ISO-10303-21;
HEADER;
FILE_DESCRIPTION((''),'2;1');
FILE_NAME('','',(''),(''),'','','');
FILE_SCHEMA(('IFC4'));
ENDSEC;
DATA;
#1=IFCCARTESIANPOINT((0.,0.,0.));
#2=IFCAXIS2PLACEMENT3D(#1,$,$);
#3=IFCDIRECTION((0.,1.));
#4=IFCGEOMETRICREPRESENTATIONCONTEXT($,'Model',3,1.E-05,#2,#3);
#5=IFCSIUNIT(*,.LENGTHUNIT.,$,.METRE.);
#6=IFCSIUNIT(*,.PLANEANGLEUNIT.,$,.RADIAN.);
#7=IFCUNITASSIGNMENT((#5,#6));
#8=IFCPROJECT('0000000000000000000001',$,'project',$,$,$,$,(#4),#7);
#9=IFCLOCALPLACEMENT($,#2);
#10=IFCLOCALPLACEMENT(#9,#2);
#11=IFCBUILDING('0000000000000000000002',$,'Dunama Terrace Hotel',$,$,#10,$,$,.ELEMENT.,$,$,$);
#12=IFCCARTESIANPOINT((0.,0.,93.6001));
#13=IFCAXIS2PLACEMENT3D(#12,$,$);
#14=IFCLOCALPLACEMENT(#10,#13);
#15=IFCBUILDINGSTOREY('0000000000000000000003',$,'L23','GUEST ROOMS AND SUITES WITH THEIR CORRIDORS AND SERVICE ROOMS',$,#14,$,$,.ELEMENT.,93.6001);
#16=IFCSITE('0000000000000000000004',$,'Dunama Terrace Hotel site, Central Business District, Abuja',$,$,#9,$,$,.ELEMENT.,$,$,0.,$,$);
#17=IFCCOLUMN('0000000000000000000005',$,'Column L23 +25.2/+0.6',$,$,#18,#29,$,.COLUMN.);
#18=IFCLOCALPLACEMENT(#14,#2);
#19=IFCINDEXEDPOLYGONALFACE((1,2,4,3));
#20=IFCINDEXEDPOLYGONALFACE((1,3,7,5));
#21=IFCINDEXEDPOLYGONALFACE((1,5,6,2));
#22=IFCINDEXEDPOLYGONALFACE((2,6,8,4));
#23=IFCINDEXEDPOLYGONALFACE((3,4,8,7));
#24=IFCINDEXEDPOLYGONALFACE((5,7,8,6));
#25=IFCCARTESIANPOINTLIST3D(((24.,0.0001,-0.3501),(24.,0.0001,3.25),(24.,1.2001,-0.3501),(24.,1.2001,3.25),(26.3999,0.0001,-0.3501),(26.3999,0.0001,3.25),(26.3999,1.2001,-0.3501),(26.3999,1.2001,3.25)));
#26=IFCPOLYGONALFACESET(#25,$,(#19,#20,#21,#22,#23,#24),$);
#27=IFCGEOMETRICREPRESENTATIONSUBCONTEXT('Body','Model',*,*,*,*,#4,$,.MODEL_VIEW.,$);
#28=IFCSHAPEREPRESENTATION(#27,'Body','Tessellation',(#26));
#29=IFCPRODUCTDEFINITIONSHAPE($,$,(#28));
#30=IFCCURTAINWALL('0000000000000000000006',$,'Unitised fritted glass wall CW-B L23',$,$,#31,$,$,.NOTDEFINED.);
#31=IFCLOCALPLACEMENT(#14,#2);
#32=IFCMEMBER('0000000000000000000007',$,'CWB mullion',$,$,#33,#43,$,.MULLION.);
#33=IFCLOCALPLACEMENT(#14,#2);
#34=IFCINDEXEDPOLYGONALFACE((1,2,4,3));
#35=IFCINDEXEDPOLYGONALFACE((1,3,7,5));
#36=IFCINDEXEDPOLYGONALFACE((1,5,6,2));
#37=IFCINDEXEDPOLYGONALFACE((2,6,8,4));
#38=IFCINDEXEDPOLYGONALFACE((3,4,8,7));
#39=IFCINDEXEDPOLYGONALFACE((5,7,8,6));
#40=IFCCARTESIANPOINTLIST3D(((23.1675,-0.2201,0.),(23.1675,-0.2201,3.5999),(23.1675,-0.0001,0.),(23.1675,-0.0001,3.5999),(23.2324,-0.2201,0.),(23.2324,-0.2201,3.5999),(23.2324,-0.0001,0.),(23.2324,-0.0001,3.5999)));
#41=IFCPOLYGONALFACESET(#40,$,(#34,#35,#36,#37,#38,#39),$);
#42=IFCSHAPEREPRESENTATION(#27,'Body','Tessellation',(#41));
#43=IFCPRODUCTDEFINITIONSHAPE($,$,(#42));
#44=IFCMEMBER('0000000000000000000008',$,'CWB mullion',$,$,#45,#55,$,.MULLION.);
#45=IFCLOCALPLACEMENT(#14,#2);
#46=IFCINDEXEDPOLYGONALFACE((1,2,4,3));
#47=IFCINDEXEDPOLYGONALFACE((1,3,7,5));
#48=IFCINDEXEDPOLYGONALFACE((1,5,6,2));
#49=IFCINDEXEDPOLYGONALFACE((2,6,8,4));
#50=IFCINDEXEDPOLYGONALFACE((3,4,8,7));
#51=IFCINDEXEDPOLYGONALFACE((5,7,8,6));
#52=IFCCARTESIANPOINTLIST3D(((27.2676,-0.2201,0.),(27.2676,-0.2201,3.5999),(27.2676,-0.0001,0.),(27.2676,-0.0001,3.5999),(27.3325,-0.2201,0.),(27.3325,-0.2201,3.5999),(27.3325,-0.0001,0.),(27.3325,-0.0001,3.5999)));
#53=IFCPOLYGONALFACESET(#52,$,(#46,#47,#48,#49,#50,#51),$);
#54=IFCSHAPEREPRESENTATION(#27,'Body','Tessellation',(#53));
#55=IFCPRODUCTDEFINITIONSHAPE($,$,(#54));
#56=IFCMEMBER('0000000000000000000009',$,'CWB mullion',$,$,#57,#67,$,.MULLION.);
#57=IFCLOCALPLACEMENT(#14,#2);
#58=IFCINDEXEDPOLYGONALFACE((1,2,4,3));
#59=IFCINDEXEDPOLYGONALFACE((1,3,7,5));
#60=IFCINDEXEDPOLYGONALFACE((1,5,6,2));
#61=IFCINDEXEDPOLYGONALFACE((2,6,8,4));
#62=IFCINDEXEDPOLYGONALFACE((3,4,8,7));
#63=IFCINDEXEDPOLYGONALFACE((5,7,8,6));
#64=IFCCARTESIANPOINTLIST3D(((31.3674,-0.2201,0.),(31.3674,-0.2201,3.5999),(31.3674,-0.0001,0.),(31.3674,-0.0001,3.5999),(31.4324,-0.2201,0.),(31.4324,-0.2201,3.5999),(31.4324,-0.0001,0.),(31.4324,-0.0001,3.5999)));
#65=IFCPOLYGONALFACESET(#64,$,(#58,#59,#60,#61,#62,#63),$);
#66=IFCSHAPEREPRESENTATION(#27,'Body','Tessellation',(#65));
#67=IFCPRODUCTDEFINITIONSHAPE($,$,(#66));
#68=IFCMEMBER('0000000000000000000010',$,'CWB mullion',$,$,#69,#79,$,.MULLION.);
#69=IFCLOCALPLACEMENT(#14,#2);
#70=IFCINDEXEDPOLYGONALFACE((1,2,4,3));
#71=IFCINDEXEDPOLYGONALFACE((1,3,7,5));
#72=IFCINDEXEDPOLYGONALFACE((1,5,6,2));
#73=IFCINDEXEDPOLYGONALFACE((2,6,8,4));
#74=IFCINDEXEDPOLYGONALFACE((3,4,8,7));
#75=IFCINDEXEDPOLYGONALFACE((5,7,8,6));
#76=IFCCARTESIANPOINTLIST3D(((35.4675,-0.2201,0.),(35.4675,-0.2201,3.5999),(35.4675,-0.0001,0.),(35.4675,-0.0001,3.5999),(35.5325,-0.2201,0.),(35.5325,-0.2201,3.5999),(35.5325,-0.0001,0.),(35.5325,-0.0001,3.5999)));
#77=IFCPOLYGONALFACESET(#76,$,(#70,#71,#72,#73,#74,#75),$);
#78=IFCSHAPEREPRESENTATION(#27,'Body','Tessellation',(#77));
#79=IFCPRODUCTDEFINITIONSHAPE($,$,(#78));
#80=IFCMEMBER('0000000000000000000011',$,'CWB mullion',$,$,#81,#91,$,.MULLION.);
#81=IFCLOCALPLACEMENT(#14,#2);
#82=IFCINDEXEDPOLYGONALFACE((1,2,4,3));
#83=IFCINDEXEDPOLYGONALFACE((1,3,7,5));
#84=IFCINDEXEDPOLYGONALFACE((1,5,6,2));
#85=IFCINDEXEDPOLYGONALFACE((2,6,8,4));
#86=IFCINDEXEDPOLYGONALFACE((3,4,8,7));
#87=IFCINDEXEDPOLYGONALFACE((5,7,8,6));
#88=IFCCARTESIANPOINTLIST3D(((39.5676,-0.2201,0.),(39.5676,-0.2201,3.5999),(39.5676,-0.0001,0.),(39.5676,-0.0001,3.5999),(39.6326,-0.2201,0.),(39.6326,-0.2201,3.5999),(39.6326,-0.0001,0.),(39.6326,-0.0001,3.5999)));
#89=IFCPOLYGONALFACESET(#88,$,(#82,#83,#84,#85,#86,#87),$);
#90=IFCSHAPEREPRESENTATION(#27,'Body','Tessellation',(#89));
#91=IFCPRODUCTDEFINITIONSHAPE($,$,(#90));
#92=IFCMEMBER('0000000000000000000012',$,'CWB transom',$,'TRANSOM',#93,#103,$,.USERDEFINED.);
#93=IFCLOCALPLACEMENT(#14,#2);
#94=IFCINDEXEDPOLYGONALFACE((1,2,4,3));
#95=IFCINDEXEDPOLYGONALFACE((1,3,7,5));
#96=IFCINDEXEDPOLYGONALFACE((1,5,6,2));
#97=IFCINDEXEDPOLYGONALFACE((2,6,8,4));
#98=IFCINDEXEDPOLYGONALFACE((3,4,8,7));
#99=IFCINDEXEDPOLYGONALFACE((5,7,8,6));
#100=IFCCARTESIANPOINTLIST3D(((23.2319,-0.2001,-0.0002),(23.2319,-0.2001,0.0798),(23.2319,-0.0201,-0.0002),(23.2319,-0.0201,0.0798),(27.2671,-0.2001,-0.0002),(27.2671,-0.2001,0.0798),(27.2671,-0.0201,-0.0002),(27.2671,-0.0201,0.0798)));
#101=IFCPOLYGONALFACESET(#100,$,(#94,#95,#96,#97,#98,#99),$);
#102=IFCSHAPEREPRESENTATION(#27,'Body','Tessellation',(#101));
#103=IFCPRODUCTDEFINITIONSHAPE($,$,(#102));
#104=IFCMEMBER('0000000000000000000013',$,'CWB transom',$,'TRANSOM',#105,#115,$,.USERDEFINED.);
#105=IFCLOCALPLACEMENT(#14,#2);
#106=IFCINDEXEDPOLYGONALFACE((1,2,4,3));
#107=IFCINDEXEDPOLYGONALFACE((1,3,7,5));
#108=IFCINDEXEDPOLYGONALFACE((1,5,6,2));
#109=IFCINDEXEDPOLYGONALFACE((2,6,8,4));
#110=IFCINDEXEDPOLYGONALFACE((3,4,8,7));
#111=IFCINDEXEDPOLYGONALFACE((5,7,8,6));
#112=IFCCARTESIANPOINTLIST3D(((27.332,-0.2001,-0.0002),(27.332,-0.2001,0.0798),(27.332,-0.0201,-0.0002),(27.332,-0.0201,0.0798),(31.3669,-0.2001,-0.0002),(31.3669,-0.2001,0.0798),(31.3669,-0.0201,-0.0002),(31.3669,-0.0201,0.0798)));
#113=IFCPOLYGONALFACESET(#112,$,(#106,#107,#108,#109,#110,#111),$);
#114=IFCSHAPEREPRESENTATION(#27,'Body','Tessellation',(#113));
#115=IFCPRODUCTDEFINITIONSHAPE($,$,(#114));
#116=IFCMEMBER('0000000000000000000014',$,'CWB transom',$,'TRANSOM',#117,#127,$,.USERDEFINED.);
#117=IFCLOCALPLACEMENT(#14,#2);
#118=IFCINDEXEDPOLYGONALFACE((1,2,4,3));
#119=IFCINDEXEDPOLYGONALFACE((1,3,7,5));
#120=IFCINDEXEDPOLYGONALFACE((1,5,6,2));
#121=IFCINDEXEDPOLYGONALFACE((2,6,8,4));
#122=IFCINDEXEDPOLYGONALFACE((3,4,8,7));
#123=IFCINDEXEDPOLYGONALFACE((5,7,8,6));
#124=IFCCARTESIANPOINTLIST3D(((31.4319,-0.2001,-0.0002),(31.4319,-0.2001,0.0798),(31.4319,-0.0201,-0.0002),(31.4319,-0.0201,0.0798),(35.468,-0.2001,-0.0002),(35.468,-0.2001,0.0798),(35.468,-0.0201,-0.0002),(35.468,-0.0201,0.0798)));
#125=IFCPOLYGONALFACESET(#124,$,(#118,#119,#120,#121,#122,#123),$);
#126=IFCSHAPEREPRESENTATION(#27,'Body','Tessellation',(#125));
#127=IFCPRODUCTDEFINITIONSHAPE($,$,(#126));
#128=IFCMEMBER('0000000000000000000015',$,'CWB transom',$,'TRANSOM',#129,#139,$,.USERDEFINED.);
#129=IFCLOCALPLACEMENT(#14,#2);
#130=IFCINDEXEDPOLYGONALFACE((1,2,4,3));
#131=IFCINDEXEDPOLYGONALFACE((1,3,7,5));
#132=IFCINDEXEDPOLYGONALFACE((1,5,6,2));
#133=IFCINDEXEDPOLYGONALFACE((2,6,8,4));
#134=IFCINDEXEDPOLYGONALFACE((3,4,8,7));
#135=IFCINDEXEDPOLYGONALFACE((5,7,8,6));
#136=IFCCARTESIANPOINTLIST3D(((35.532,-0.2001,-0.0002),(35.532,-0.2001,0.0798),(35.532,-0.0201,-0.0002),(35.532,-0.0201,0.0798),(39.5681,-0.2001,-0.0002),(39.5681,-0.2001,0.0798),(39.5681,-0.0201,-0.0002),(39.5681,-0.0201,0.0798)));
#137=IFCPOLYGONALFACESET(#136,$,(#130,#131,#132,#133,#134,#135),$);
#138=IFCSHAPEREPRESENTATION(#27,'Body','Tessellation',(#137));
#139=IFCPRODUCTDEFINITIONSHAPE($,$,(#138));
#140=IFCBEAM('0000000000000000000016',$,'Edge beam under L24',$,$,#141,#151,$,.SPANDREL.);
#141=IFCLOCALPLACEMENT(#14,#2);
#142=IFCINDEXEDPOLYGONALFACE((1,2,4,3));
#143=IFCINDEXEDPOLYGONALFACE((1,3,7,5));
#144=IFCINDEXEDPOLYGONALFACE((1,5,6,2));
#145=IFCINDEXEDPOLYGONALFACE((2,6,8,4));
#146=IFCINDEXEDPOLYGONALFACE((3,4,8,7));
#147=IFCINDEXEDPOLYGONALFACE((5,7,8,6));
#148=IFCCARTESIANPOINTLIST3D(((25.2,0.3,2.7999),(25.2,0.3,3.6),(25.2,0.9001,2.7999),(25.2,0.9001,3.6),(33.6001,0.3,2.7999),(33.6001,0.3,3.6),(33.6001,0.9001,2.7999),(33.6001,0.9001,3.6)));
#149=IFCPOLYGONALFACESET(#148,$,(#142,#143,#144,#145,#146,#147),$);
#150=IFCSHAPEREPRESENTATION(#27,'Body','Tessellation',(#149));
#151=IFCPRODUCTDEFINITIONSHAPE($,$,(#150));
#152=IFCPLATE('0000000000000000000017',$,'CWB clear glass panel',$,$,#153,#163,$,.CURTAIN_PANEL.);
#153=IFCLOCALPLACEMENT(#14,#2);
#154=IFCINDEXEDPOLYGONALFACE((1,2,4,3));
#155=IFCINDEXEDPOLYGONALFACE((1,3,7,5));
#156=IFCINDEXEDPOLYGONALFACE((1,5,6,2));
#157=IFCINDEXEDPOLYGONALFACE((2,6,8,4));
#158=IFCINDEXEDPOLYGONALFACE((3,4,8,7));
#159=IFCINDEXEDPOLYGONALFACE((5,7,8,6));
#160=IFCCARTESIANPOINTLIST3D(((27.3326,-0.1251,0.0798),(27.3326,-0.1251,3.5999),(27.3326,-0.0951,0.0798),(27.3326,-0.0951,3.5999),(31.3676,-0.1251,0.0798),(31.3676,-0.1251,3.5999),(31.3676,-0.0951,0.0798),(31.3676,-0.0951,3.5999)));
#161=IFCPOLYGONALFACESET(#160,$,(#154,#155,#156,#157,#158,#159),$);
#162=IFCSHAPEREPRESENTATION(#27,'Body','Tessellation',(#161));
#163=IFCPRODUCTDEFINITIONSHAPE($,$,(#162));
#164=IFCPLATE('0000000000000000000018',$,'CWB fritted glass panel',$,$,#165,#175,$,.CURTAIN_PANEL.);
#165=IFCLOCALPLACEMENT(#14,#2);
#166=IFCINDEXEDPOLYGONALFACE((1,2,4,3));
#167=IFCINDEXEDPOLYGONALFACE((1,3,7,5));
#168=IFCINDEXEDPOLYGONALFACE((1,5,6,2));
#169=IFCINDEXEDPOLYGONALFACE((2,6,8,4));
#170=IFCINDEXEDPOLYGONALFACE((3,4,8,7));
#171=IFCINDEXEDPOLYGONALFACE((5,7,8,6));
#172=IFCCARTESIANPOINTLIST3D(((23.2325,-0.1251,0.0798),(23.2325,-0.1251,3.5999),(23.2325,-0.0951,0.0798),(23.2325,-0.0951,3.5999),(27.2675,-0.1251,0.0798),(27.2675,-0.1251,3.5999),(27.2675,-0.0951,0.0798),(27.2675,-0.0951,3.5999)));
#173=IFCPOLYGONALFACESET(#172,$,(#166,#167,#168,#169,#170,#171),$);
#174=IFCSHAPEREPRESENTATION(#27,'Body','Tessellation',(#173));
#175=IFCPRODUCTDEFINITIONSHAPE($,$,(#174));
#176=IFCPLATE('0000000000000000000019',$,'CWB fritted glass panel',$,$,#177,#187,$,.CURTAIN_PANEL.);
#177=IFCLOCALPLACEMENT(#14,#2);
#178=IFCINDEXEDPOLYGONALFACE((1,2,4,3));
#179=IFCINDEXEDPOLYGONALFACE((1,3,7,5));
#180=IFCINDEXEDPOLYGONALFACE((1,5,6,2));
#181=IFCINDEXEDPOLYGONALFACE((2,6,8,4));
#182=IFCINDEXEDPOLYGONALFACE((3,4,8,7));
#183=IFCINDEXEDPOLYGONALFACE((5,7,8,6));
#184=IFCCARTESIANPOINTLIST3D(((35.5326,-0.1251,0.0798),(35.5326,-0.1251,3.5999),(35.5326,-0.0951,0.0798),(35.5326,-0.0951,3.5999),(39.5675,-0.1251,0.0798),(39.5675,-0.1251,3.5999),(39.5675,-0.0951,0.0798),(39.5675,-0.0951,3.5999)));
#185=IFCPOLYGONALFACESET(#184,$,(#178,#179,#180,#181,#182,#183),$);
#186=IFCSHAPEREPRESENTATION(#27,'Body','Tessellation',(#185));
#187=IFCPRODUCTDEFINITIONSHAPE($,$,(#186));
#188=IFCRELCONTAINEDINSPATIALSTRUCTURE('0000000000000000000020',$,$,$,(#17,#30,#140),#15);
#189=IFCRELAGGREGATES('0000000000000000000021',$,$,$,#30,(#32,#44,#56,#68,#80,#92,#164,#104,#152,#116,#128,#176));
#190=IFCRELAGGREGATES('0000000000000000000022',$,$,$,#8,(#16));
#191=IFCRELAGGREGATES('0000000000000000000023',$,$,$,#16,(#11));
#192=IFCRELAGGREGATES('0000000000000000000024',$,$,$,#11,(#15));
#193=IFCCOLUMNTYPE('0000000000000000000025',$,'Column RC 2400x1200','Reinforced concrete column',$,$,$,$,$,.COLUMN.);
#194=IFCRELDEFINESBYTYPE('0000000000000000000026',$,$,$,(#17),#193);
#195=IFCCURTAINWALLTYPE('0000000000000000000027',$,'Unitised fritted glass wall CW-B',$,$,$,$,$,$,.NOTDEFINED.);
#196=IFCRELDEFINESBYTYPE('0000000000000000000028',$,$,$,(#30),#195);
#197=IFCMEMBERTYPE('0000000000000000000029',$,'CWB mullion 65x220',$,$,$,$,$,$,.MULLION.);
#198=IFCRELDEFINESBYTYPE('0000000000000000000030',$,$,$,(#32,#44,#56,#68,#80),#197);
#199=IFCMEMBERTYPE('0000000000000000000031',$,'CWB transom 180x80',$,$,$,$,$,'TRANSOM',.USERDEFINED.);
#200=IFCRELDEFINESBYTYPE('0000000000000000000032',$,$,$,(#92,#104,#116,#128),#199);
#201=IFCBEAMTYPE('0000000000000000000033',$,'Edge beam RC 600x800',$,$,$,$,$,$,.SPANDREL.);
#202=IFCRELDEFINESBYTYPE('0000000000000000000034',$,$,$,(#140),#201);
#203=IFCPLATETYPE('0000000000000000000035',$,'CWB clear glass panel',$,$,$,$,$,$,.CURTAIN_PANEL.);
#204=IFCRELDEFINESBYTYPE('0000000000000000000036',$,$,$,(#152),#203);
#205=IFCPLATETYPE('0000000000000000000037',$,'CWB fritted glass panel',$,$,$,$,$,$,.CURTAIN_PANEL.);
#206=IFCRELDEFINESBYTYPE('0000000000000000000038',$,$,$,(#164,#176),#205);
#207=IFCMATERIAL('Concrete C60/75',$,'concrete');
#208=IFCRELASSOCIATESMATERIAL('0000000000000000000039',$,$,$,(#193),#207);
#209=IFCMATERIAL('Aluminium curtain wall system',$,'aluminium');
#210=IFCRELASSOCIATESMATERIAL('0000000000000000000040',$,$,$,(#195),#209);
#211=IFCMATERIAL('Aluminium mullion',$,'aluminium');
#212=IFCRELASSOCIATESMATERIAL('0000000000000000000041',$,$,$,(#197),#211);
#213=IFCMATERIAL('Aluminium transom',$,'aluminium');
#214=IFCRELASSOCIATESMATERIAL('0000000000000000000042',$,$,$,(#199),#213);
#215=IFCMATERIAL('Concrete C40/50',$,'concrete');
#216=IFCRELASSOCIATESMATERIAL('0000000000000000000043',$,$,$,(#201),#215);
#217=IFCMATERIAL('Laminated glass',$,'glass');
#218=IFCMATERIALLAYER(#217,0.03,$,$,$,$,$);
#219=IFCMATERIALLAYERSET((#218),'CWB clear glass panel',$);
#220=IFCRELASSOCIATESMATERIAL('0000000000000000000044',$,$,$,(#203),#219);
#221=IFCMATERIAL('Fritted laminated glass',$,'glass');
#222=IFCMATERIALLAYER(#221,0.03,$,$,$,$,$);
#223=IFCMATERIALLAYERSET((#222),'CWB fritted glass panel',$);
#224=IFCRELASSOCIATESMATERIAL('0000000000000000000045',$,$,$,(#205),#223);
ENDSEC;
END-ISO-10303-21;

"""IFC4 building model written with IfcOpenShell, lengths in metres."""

from ifc_helpers import new_model, si_unit, direction, frame, origin, origin_2d, place, context, subcontext, project, spatial, rectangle, extrude, material, layer, layer_set, material_profile, profile_set, type_object, element, aggregate, save


model = new_model("IFC4")

# Units and contexts
model_context = context("Model", 3, precision=1e-05, world=origin(), true_north=direction((0.0, 1.0)))
body_context = subcontext(model_context, "Body", "Model", "MODEL_VIEW")
ifc_project = project(units=[si_unit("LENGTHUNIT", "METRE"), si_unit("PLANEANGLEUNIT", "RADIAN")], contexts=[model_context])

# Site, building, storey
site_placement = place(None, origin())
site = spatial("IfcSite", under=ifc_project, at=site_placement, Name="Dunama Terrace Hotel site, Central Business District, Abuja", CompositionType="ELEMENT", RefElevation=0.0)
building_placement = place(site_placement, origin())
building = spatial("IfcBuilding", under=site, at=building_placement, Name="Dunama Terrace Hotel", CompositionType="ELEMENT")
storey_placement = place(building_placement, frame((0.0, 0.0, 93.6001)))
storey = spatial("IfcBuildingStorey", under=building, at=storey_placement, Name="L23", Description="GUEST ROOMS AND SUITES WITH THEIR CORRIDORS AND SERVICE ROOMS", CompositionType="ELEMENT", Elevation=93.6001)

# Column
ifc_material_1 = material(Name="Concrete C60/75", Category="concrete")
ifc_material_profile_1 = material_profile(ifc_material_1, rectangle(XDim=2.3999, YDim=1.2, at=origin_2d()), Name="RC 2400x1200")
ifc_profile_set_1 = profile_set([ifc_material_profile_1], Name="Concrete C60/75")
column_type = type_object("IfcColumnType", Name="Column RC 2400x1200", Description="Reinforced concrete column", PredefinedType="COLUMN", material=ifc_profile_set_1)
column_placement = place(storey_placement, frame((25.2, 0.6001, -0.3501), z_axis=(0.0, 0.0, 1.0), x_axis=(1.0, 0.0, 0.0)))
element("IfcColumn", 1, at=column_placement, inside=storey, type_object=column_type, Name="Column L23 +25.2/+0.6", PredefinedType="COLUMN", context=body_context, shape_type="SweptSolid", body=[
    extrude(rectangle(XDim=2.3999, YDim=1.2, at=origin_2d()), origin(), (0.0, 0.0, 1.0), 3.6001),
])

# Curtain wall, members
ifc_material_2 = material(Name="Aluminium curtain wall system", Category="aluminium")
curtain_wall_type = type_object("IfcCurtainWallType", Name="Unitised fritted glass wall CW-B", PredefinedType="NOTDEFINED", material=ifc_material_2)
curtain_wall_placement = place(storey_placement, origin())
curtain_wall = element("IfcCurtainWall", 2, at=curtain_wall_placement, inside=storey, type_object=curtain_wall_type, Name="Unitised fritted glass wall CW-B L23", PredefinedType="NOTDEFINED")
ifc_material_3 = material(Name="Aluminium mullion", Category="aluminium")
ifc_material_profile_2 = material_profile(ifc_material_3, rectangle(XDim=0.0649, YDim=0.22, at=origin_2d()), Name="CWB MULLION 65X220")
ifc_profile_set_2 = profile_set([ifc_material_profile_2], Name="Aluminium mullion")
member_type_1 = type_object("IfcMemberType", Name="CWB mullion 65x220", PredefinedType="MULLION", material=ifc_profile_set_2)
member_1_placement = place(storey_placement, frame((23.2, -0.1101, 0.0), z_axis=(0.0, 0.0, 1.0), x_axis=(1.0, 0.0, 0.0)))
member_1 = element("IfcMember", 3, at=member_1_placement, type_object=member_type_1, Name="CWB mullion", PredefinedType="MULLION", context=body_context, shape_type="SweptSolid", body=[
    extrude(rectangle(XDim=0.0649, YDim=0.22, at=origin_2d()), origin(), (0.0, 0.0, 1.0), 3.5999),
])
member_2_placement = place(storey_placement, frame((27.3, -0.1101, 0.0), z_axis=(0.0, 0.0, 1.0), x_axis=(1.0, 0.0, 0.0)))
member_2 = element("IfcMember", 4, at=member_2_placement, type_object=member_type_1, Name="CWB mullion", PredefinedType="MULLION", context=body_context, shape_type="SweptSolid", body=[
    extrude(rectangle(XDim=0.0649, YDim=0.22, at=origin_2d()), origin(), (0.0, 0.0, 1.0), 3.5999),
])
member_3_placement = place(storey_placement, frame((31.3999, -0.1101, 0.0), z_axis=(0.0, 0.0, 1.0), x_axis=(1.0, 0.0, 0.0)))
member_3 = element("IfcMember", 5, at=member_3_placement, type_object=member_type_1, Name="CWB mullion", PredefinedType="MULLION", context=body_context, shape_type="SweptSolid", body=[
    extrude(rectangle(XDim=0.0649, YDim=0.22, at=origin_2d()), origin(), (0.0, 0.0, 1.0), 3.5999),
])
member_4_placement = place(storey_placement, frame((35.5, -0.1101, 0.0), z_axis=(0.0, 0.0, 1.0), x_axis=(1.0, 0.0, 0.0)))
member_4 = element("IfcMember", 6, at=member_4_placement, type_object=member_type_1, Name="CWB mullion", PredefinedType="MULLION", context=body_context, shape_type="SweptSolid", body=[
    extrude(rectangle(XDim=0.0649, YDim=0.22, at=origin_2d()), origin(), (0.0, 0.0, 1.0), 3.5999),
])
member_5_placement = place(storey_placement, frame((39.6001, -0.1101, 0.0), z_axis=(0.0, 0.0, 1.0), x_axis=(1.0, 0.0, 0.0)))
member_5 = element("IfcMember", 7, at=member_5_placement, type_object=member_type_1, Name="CWB mullion", PredefinedType="MULLION", context=body_context, shape_type="SweptSolid", body=[
    extrude(rectangle(XDim=0.0649, YDim=0.22, at=origin_2d()), origin(), (0.0, 0.0, 1.0), 3.5999),
])
ifc_material_4 = material(Name="Aluminium transom", Category="aluminium")
ifc_material_profile_3 = material_profile(ifc_material_4, rectangle(XDim=0.1799, YDim=0.0801, at=origin_2d()), Name="CWB TRANSOM 180X80")
ifc_profile_set_3 = profile_set([ifc_material_profile_3], Name="Aluminium transom")
member_type_2 = type_object("IfcMemberType", Name="CWB transom 180x80", ElementType="TRANSOM", PredefinedType="USERDEFINED", material=ifc_profile_set_3)
member_6_placement = place(storey_placement, frame((23.2319, -0.1101, 0.0398), z_axis=(1.0, 0.0, 0.0), x_axis=(0.0, 1.0, 0.0)))
member_6 = element("IfcMember", 8, at=member_6_placement, type_object=member_type_2, Name="CWB transom", ObjectType="TRANSOM", PredefinedType="USERDEFINED", context=body_context, shape_type="SweptSolid", body=[
    extrude(rectangle(XDim=0.1799, YDim=0.0801, at=origin_2d()), origin(), (0.0, 0.0, 1.0), 4.0352),
])
member_7_placement = place(storey_placement, frame((27.332, -0.1101, 0.0398), z_axis=(1.0, 0.0, 0.0), x_axis=(0.0, 1.0, 0.0)))
member_7 = element("IfcMember", 9, at=member_7_placement, type_object=member_type_2, Name="CWB transom", ObjectType="TRANSOM", PredefinedType="USERDEFINED", context=body_context, shape_type="SweptSolid", body=[
    extrude(rectangle(XDim=0.1799, YDim=0.0801, at=origin_2d()), origin(), (0.0, 0.0, 1.0), 4.0349),
])
member_8_placement = place(storey_placement, frame((31.4319, -0.1101, 0.0398), z_axis=(1.0, 0.0, 0.0), x_axis=(0.0, 1.0, 0.0)))
member_8 = element("IfcMember", 10, at=member_8_placement, type_object=member_type_2, Name="CWB transom", ObjectType="TRANSOM", PredefinedType="USERDEFINED", context=body_context, shape_type="SweptSolid", body=[
    extrude(rectangle(XDim=0.1799, YDim=0.0801, at=origin_2d()), origin(), (0.0, 0.0, 1.0), 4.0361),
])
member_9_placement = place(storey_placement, frame((35.532, -0.1101, 0.0398), z_axis=(1.0, 0.0, 0.0), x_axis=(0.0, 1.0, 0.0)))
member_9 = element("IfcMember", 11, at=member_9_placement, type_object=member_type_2, Name="CWB transom", ObjectType="TRANSOM", PredefinedType="USERDEFINED", context=body_context, shape_type="SweptSolid", body=[
    extrude(rectangle(XDim=0.1799, YDim=0.0801, at=origin_2d()), origin(), (0.0, 0.0, 1.0), 4.0361),
])

# Beam
ifc_material_5 = material(Name="Concrete C40/50", Category="concrete")
ifc_material_profile_4 = material_profile(ifc_material_5, rectangle(XDim=0.6001, YDim=0.8, at=origin_2d()), Name="RC 600x800")
ifc_profile_set_4 = profile_set([ifc_material_profile_4], Name="Concrete C40/50")
beam_type = type_object("IfcBeamType", Name="Edge beam RC 600x800", PredefinedType="SPANDREL", material=ifc_profile_set_4)
beam_placement = place(storey_placement, frame((25.2, 0.6001, 3.2), z_axis=(1.0, 0.0, 0.0), x_axis=(0.0, 1.0, 0.0)))
element("IfcBeam", 12, at=beam_placement, inside=storey, type_object=beam_type, Name="Edge beam under L24", PredefinedType="SPANDREL", context=body_context, shape_type="SweptSolid", body=[
    extrude(rectangle(XDim=0.6001, YDim=0.8, at=origin_2d()), origin(), (0.0, 0.0, 1.0), 8.4001),
])

# Plates
ifc_material_6 = material(Name="Laminated glass", Category="glass")
ifc_layer_1 = layer(ifc_material_6, 0.03)
ifc_layer_set_1 = layer_set([ifc_layer_1], Name="CWB clear glass panel")
plate_type_1 = type_object("IfcPlateType", Name="CWB clear glass panel", PredefinedType="CURTAIN_PANEL", material=ifc_layer_set_1)
plate_1_placement = place(storey_placement, frame((29.3501, -0.1101, 0.0798), z_axis=(0.0, 0.0, 1.0), x_axis=(1.0, 0.0, 0.0)))
plate_1 = element("IfcPlate", 13, at=plate_1_placement, type_object=plate_type_1, Name="CWB clear glass panel", PredefinedType="CURTAIN_PANEL", context=body_context, shape_type="SweptSolid", body=[
    extrude(rectangle(XDim=4.0349, YDim=0.03, at=origin_2d()), origin(), (0.0, 0.0, 1.0), 3.52),
])
ifc_material_7 = material(Name="Fritted laminated glass", Category="glass")
ifc_layer_2 = layer(ifc_material_7, 0.03)
ifc_layer_set_2 = layer_set([ifc_layer_2], Name="CWB fritted glass panel")
plate_type_2 = type_object("IfcPlateType", Name="CWB fritted glass panel", PredefinedType="CURTAIN_PANEL", material=ifc_layer_set_2)
plate_2_placement = place(storey_placement, frame((25.25, -0.1101, 0.0798), z_axis=(0.0, 0.0, 1.0), x_axis=(1.0, 0.0, 0.0)))
plate_2 = element("IfcPlate", 14, at=plate_2_placement, type_object=plate_type_2, Name="CWB fritted glass panel", PredefinedType="CURTAIN_PANEL", context=body_context, shape_type="SweptSolid", body=[
    extrude(rectangle(XDim=4.0349, YDim=0.03, at=origin_2d()), origin(), (0.0, 0.0, 1.0), 3.52),
])
plate_3_placement = place(storey_placement, frame((37.55, -0.1101, 0.0798), z_axis=(0.0, 0.0, 1.0), x_axis=(1.0, 0.0, 0.0)))
plate_3 = element("IfcPlate", 15, at=plate_3_placement, type_object=plate_type_2, Name="CWB fritted glass panel", PredefinedType="CURTAIN_PANEL", context=body_context, shape_type="SweptSolid", body=[
    extrude(rectangle(XDim=4.0349, YDim=0.03, at=origin_2d()), origin(), (0.0, 0.0, 1.0), 3.52),
])
aggregate(curtain_wall, [member_1, member_2, member_3, member_4, member_5, member_6, plate_2, member_7, plate_1, member_8, member_9, plate_3])

save(model, "model.ifc")
